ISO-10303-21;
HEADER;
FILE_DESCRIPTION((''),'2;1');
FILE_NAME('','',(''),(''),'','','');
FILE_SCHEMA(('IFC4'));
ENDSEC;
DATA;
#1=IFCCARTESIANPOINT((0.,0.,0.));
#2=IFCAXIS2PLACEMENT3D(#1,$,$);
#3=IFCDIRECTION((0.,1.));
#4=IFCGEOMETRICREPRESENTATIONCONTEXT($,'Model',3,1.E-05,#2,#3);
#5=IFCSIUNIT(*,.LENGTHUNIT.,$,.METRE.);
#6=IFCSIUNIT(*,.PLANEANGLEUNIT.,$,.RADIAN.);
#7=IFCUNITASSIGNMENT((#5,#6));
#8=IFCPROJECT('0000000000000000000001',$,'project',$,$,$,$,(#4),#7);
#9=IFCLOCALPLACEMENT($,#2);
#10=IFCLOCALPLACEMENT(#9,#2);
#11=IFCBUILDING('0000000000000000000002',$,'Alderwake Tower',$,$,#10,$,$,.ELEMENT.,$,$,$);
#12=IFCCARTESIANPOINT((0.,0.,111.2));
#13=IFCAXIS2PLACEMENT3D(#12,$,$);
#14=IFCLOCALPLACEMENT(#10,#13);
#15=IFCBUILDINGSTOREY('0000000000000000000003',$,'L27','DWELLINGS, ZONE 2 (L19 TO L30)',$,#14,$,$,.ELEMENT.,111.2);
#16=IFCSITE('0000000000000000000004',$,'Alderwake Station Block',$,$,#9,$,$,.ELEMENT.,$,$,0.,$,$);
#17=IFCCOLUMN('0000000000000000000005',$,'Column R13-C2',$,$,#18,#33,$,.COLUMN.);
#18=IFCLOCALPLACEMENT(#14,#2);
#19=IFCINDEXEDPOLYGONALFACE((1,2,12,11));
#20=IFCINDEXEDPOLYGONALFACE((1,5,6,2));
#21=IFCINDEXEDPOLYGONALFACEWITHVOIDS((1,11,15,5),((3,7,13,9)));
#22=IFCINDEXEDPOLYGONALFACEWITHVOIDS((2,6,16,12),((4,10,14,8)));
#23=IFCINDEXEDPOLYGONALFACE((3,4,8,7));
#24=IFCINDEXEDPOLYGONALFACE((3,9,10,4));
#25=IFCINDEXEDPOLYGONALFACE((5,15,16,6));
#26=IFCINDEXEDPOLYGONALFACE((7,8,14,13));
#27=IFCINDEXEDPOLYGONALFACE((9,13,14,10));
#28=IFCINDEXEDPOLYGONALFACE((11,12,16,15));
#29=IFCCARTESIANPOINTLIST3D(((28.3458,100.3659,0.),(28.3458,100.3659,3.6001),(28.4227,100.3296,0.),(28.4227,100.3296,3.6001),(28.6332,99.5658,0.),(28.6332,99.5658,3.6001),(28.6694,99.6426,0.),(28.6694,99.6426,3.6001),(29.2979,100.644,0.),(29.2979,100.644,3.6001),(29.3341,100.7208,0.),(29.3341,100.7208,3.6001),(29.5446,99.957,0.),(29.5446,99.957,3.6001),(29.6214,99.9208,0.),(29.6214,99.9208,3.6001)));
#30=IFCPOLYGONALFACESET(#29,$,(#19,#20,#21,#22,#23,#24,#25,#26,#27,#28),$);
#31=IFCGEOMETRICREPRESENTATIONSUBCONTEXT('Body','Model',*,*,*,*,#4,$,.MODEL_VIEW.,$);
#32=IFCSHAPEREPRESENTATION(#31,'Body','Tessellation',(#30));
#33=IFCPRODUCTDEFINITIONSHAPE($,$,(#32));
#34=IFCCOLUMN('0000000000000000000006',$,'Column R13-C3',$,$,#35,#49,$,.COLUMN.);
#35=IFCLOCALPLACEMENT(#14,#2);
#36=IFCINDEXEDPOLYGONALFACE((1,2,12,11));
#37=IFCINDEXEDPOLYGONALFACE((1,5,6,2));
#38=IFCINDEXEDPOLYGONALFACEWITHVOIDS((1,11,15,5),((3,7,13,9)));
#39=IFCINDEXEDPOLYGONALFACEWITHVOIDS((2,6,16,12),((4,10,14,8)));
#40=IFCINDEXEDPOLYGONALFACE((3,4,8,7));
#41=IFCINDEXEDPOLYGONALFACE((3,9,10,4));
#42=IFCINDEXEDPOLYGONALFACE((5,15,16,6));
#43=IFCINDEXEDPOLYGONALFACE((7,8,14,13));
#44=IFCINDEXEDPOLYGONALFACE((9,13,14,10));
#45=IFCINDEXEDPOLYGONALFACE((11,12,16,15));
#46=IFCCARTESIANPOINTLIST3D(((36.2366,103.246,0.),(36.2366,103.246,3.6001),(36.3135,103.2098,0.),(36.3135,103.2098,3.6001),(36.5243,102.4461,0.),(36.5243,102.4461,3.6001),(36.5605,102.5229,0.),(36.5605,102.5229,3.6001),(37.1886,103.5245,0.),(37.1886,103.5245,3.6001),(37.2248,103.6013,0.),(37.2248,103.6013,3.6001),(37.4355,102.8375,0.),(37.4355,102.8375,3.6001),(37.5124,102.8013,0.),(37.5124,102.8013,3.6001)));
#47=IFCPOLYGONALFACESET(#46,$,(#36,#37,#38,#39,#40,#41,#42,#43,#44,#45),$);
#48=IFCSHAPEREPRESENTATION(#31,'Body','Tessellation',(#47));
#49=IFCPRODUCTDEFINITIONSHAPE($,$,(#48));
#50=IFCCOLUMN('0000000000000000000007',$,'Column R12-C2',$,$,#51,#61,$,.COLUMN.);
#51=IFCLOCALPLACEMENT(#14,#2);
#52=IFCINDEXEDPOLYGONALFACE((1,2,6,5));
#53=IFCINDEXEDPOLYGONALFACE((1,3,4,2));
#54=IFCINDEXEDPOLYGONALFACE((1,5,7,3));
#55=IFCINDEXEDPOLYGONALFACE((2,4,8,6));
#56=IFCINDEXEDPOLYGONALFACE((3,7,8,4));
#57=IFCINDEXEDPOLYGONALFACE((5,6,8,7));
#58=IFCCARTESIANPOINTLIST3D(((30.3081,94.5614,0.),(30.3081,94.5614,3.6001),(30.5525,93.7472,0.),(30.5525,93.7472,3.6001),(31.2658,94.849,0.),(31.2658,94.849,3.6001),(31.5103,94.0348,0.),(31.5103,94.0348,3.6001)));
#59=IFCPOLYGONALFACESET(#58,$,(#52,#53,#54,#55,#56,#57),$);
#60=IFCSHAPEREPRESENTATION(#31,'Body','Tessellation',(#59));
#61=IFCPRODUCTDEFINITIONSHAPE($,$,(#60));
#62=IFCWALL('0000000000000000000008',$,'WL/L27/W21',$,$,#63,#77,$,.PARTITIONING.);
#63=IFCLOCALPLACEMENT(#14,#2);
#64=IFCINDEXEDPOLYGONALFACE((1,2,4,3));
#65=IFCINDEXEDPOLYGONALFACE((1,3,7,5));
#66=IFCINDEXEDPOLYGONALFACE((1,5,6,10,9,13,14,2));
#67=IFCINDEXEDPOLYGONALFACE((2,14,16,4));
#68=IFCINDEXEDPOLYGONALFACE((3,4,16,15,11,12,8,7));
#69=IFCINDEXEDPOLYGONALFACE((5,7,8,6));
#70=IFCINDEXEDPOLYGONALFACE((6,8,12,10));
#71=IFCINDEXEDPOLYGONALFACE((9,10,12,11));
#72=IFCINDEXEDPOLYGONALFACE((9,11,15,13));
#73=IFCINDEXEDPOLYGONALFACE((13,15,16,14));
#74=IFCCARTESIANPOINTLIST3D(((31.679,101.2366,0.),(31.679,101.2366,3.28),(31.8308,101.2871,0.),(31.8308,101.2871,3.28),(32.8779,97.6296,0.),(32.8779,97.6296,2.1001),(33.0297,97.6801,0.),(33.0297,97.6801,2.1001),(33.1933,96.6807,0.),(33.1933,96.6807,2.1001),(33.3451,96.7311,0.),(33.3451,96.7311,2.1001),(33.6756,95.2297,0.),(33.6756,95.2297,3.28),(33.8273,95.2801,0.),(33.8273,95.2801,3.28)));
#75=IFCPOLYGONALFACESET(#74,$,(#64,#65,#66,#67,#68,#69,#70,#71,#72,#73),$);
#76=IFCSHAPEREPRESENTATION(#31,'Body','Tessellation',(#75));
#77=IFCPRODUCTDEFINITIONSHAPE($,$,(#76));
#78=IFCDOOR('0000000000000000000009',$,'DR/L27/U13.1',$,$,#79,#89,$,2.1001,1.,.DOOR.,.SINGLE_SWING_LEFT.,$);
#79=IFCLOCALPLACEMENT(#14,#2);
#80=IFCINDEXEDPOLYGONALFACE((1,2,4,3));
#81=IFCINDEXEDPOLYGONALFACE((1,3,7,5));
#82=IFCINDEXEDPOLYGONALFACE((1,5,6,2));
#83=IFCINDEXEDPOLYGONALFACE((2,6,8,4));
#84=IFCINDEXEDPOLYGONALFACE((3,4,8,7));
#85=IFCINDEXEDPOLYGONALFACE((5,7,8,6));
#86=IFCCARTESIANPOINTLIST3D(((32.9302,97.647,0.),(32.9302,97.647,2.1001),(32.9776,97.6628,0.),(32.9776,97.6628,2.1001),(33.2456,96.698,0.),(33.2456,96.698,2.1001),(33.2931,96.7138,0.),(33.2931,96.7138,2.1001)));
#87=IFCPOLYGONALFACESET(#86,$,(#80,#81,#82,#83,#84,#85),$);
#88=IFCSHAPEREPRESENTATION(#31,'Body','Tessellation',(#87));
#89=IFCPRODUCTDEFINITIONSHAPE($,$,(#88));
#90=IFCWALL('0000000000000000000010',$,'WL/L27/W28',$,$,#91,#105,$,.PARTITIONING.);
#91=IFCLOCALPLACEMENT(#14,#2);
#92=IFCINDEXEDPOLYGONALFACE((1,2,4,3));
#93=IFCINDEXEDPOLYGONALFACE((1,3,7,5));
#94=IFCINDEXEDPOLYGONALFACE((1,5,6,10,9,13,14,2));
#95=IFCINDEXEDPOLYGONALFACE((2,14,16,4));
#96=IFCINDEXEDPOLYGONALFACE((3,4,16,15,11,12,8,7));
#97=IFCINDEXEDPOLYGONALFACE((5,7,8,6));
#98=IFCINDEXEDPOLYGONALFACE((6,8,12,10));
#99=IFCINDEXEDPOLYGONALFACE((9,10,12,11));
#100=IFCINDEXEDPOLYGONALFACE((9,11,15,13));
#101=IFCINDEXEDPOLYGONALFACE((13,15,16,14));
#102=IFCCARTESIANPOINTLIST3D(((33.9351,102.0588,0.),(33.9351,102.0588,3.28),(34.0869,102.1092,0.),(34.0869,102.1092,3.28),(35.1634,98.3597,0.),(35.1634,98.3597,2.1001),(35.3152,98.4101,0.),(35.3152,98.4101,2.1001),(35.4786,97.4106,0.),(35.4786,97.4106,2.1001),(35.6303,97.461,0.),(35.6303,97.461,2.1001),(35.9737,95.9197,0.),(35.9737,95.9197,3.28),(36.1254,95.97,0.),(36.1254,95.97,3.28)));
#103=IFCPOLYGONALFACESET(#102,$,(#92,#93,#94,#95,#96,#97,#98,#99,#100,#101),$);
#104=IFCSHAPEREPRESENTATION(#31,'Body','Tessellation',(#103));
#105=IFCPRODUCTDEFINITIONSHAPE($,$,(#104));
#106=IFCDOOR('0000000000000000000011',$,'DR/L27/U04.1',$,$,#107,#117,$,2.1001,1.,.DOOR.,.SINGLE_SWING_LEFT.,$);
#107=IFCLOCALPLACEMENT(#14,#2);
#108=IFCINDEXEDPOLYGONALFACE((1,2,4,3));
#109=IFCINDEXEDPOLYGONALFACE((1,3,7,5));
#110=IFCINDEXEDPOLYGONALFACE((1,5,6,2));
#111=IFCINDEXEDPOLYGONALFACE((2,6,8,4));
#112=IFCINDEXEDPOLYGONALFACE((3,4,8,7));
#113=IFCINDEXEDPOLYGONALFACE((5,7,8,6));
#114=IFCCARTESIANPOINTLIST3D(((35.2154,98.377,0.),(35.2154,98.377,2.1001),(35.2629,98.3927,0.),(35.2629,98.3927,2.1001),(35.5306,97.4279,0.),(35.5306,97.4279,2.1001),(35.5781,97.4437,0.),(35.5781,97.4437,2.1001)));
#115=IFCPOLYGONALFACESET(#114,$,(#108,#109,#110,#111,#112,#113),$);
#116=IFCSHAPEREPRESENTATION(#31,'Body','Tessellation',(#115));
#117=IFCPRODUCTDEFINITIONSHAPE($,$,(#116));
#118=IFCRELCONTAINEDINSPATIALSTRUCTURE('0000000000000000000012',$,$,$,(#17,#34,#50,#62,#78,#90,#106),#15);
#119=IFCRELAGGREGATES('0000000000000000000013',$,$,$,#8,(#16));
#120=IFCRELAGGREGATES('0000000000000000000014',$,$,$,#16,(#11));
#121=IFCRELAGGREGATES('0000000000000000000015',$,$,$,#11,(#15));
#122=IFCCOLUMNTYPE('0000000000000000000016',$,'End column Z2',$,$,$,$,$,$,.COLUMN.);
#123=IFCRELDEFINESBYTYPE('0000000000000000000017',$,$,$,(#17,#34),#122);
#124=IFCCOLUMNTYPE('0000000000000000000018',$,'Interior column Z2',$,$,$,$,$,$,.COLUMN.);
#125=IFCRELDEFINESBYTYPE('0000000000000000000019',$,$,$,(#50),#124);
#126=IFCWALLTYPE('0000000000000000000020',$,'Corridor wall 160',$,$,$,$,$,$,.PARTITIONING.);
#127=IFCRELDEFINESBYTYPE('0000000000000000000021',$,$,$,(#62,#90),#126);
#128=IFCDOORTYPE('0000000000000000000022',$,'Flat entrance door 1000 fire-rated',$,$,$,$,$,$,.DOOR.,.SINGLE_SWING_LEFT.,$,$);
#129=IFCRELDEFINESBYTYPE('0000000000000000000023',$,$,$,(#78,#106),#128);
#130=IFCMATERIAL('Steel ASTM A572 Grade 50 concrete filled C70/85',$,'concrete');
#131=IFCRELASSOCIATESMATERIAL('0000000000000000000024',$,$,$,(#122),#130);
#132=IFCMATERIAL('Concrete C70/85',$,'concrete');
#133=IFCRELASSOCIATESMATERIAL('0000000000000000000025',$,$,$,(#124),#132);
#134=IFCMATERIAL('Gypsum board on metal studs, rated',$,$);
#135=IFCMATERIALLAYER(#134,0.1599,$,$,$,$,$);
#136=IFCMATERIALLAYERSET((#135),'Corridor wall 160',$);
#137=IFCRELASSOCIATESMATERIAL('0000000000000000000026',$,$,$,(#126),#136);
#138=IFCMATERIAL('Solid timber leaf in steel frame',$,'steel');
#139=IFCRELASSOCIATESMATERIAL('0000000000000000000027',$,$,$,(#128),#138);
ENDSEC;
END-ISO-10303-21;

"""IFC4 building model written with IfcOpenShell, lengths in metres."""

from ifc_helpers import new_model, si_unit, direction, frame, frame_2d, origin, origin_2d, place, context, subcontext, project, spatial, rectangle, hollow_rectangle, extrude, material, layer, layer_set, material_profile, profile_set, type_object, element, fill, save


model = new_model("IFC4")

# Units and contexts
model_context = context("Model", 3, precision=1e-05, world=origin(), true_north=direction((0.0, 1.0)))
body_context = subcontext(model_context, "Body", "Model", "MODEL_VIEW")
ifc_project = project(units=[si_unit("LENGTHUNIT", "METRE"), si_unit("PLANEANGLEUNIT", "RADIAN")], contexts=[model_context])

# Site, building, storey
site_placement = place(None, origin())
site = spatial("IfcSite", under=ifc_project, at=site_placement, Name="Alderwake Station Block", CompositionType="ELEMENT", RefElevation=0.0)
building_placement = place(site_placement, origin())
building = spatial("IfcBuilding", under=site, at=building_placement, Name="Alderwake Tower", CompositionType="ELEMENT")
storey_placement = place(building_placement, frame((0.0, 0.0, 111.2)))
storey = spatial("IfcBuildingStorey", under=building, at=storey_placement, Name="L27", Description="DWELLINGS, ZONE 2 (L19 TO L30)", CompositionType="ELEMENT", Elevation=111.2)

# Columns
ifc_material_1 = material(Name="Steel ASTM A572 Grade 50 concrete filled C70/85", Category="concrete")
ifc_material_profile_1 = material_profile(ifc_material_1, hollow_rectangle(XDim=0.8501, YDim=1.05, WallThickness=0.0601, at=origin_2d()), Name="BOX 1050X850X60")
ifc_profile_set_1 = profile_set([ifc_material_profile_1], Name="Steel ASTM A572 Grade 50 concrete filled C70/85")
column_type_1 = type_object("IfcColumnType", Name="End column Z2", PredefinedType="COLUMN", material=ifc_profile_set_1)
for number, where, z_axis, x_axis, name in (
    (1, (28.9836, 100.1433, 0.0), (0.0, 0.0, 1.0), (-0.338027, 0.941136, 0.0), "Column R13-C2"),
    (2, (36.8745, 103.0237, 0.0), (0.0, 0.0, 1.0), (-0.338355, 0.941018, 0.0), "Column R13-C3"),
):
    element("IfcColumn", number, at=place(storey_placement, frame(where, z_axis=z_axis, x_axis=x_axis)), inside=storey, type_object=column_type_1, Name=name, PredefinedType="COLUMN", context=body_context, shape_type="SweptSolid", body=[
        extrude(hollow_rectangle(XDim=0.8501, YDim=1.05, WallThickness=0.0601, at=origin_2d()), origin(), (0.0, 0.0, 1.0), 3.6001),
    ])
ifc_material_2 = material(Name="Concrete C70/85", Category="concrete")
ifc_material_profile_2 = material_profile(ifc_material_2, rectangle(XDim=0.8501, YDim=1.0, at=origin_2d()), Name="RC 1000X850")
ifc_profile_set_2 = profile_set([ifc_material_profile_2], Name="Concrete C70/85")
column_type_2 = type_object("IfcColumnType", Name="Interior column Z2", PredefinedType="COLUMN", material=ifc_profile_set_2)
column_placement = place(storey_placement, frame((30.9092, 94.2981, 0.0), z_axis=(0.0, 0.0, 1.0), x_axis=(-0.287549, 0.957766, 0.0)))
element("IfcColumn", 3, at=column_placement, inside=storey, type_object=column_type_2, Name="Column R12-C2", PredefinedType="COLUMN", context=body_context, shape_type="SweptSolid", body=[
    extrude(rectangle(XDim=0.8501, YDim=1.0, at=origin_2d()), origin(), (0.0, 0.0, 1.0), 3.6001),
])

# Walls, openings, doors
ifc_material_3 = material(Name="Gypsum board on metal studs, rated")
ifc_layer_1 = layer(ifc_material_3, 0.1599)
ifc_layer_set_1 = layer_set([ifc_layer_1], Name="Corridor wall 160")
wall_type_1 = type_object("IfcWallType", Name="Corridor wall 160", PredefinedType="PARTITIONING", material=ifc_layer_set_1)
wall_1_placement = place(storey_placement, frame((33.7515, 95.2549, 0.0), z_axis=(0.0, 0.0, 1.0), x_axis=(-0.315406, 0.948957, 0.0)))
wall_1 = element("IfcWall", 4, at=wall_1_placement, inside=storey, type_object=wall_type_1, Name="WL/L27/W21", PredefinedType="PARTITIONING", context=body_context, shape_type="SweptSolid", body=[
    extrude(rectangle(XDim=6.3301, YDim=0.1599, at=frame_2d((3.165, 0.0))), origin(), (0.0, 0.0, 1.0), 3.28),
])
opening_1_placement = place(wall_1_placement, frame((1.5291, 0.0, 0.0)))
opening_1 = element("IfcOpeningElement", 5, at=opening_1_placement, cuts=wall_1, PredefinedType="OPENING", context=body_context, shape_type="SweptSolid", body=[
    extrude(rectangle(XDim=1.0, YDim=2.1001, at=frame_2d((0.5, 1.05))), frame((0.0, 0.0898, 0.0), z_axis=(0.0, -1.0, 0.0), x_axis=(1.0, 0.0, 0.0)), (0.0, 0.0, 1.0), 0.1799),
])
ifc_material_4 = material(Name="Solid timber leaf in steel frame", Category="steel")
door_type_1 = type_object("IfcDoorType", Name="Flat entrance door 1000 fire-rated", OperationType="SINGLE_SWING_LEFT", PredefinedType="DOOR", material=ifc_material_4)
door_1_placement = place(opening_1_placement, origin())
door_1 = element("IfcDoor", 6, at=door_1_placement, inside=storey, type_object=door_type_1, Name="DR/L27/U13.1", OperationType="SINGLE_SWING_LEFT", OverallHeight=2.1001, OverallWidth=1.0, PredefinedType="DOOR", context=body_context, shape_type="SweptSolid", body=[
    extrude(rectangle(XDim=1.0, YDim=2.1001, at=frame_2d((0.5, 1.05))), frame((0.0, 0.0249, 0.0), z_axis=(0.0, -1.0, 0.0), x_axis=(1.0, 0.0, 0.0)), (0.0, 0.0, 1.0), 0.05),
])
fill(opening_1, door_1)
wall_2_placement = place(storey_placement, frame((34.011, 102.084, 0.0), z_axis=(0.0, 0.0, 1.0), x_axis=(0.315141, -0.949045, 0.0)))
wall_2 = element("IfcWall", 7, at=wall_2_placement, inside=storey, type_object=wall_type_1, Name="WL/L27/W28", PredefinedType="PARTITIONING", context=body_context, shape_type="SweptSolid", body=[
    extrude(rectangle(XDim=6.4688, YDim=0.1599, at=frame_2d((3.2344, 0.0))), origin(), (0.0, 0.0, 1.0), 3.28),
])
opening_2_placement = place(wall_2_placement, frame((3.8977, 0.0, 0.0)))
opening_2 = element("IfcOpeningElement", 8, at=opening_2_placement, cuts=wall_2, PredefinedType="OPENING", context=body_context, shape_type="SweptSolid", body=[
    extrude(rectangle(XDim=1.0, YDim=2.1001, at=frame_2d((0.5, 1.05))), frame((0.0, 0.0898, 0.0), z_axis=(0.0, -1.0, 0.0), x_axis=(1.0, 0.0, 0.0)), (0.0, 0.0, 1.0), 0.1799),
])
door_2_placement = place(opening_2_placement, origin())
door_2 = element("IfcDoor", 9, at=door_2_placement, inside=storey, type_object=door_type_1, Name="DR/L27/U04.1", OperationType="SINGLE_SWING_LEFT", OverallHeight=2.1001, OverallWidth=1.0, PredefinedType="DOOR", context=body_context, shape_type="SweptSolid", body=[
    extrude(rectangle(XDim=1.0, YDim=2.1001, at=frame_2d((0.5, 1.05))), frame((0.0, 0.0249, 0.0), z_axis=(0.0, -1.0, 0.0), x_axis=(1.0, 0.0, 0.0)), (0.0, 0.0, 1.0), 0.05),
])
fill(opening_2, door_2)

save(model, "model.ifc")
